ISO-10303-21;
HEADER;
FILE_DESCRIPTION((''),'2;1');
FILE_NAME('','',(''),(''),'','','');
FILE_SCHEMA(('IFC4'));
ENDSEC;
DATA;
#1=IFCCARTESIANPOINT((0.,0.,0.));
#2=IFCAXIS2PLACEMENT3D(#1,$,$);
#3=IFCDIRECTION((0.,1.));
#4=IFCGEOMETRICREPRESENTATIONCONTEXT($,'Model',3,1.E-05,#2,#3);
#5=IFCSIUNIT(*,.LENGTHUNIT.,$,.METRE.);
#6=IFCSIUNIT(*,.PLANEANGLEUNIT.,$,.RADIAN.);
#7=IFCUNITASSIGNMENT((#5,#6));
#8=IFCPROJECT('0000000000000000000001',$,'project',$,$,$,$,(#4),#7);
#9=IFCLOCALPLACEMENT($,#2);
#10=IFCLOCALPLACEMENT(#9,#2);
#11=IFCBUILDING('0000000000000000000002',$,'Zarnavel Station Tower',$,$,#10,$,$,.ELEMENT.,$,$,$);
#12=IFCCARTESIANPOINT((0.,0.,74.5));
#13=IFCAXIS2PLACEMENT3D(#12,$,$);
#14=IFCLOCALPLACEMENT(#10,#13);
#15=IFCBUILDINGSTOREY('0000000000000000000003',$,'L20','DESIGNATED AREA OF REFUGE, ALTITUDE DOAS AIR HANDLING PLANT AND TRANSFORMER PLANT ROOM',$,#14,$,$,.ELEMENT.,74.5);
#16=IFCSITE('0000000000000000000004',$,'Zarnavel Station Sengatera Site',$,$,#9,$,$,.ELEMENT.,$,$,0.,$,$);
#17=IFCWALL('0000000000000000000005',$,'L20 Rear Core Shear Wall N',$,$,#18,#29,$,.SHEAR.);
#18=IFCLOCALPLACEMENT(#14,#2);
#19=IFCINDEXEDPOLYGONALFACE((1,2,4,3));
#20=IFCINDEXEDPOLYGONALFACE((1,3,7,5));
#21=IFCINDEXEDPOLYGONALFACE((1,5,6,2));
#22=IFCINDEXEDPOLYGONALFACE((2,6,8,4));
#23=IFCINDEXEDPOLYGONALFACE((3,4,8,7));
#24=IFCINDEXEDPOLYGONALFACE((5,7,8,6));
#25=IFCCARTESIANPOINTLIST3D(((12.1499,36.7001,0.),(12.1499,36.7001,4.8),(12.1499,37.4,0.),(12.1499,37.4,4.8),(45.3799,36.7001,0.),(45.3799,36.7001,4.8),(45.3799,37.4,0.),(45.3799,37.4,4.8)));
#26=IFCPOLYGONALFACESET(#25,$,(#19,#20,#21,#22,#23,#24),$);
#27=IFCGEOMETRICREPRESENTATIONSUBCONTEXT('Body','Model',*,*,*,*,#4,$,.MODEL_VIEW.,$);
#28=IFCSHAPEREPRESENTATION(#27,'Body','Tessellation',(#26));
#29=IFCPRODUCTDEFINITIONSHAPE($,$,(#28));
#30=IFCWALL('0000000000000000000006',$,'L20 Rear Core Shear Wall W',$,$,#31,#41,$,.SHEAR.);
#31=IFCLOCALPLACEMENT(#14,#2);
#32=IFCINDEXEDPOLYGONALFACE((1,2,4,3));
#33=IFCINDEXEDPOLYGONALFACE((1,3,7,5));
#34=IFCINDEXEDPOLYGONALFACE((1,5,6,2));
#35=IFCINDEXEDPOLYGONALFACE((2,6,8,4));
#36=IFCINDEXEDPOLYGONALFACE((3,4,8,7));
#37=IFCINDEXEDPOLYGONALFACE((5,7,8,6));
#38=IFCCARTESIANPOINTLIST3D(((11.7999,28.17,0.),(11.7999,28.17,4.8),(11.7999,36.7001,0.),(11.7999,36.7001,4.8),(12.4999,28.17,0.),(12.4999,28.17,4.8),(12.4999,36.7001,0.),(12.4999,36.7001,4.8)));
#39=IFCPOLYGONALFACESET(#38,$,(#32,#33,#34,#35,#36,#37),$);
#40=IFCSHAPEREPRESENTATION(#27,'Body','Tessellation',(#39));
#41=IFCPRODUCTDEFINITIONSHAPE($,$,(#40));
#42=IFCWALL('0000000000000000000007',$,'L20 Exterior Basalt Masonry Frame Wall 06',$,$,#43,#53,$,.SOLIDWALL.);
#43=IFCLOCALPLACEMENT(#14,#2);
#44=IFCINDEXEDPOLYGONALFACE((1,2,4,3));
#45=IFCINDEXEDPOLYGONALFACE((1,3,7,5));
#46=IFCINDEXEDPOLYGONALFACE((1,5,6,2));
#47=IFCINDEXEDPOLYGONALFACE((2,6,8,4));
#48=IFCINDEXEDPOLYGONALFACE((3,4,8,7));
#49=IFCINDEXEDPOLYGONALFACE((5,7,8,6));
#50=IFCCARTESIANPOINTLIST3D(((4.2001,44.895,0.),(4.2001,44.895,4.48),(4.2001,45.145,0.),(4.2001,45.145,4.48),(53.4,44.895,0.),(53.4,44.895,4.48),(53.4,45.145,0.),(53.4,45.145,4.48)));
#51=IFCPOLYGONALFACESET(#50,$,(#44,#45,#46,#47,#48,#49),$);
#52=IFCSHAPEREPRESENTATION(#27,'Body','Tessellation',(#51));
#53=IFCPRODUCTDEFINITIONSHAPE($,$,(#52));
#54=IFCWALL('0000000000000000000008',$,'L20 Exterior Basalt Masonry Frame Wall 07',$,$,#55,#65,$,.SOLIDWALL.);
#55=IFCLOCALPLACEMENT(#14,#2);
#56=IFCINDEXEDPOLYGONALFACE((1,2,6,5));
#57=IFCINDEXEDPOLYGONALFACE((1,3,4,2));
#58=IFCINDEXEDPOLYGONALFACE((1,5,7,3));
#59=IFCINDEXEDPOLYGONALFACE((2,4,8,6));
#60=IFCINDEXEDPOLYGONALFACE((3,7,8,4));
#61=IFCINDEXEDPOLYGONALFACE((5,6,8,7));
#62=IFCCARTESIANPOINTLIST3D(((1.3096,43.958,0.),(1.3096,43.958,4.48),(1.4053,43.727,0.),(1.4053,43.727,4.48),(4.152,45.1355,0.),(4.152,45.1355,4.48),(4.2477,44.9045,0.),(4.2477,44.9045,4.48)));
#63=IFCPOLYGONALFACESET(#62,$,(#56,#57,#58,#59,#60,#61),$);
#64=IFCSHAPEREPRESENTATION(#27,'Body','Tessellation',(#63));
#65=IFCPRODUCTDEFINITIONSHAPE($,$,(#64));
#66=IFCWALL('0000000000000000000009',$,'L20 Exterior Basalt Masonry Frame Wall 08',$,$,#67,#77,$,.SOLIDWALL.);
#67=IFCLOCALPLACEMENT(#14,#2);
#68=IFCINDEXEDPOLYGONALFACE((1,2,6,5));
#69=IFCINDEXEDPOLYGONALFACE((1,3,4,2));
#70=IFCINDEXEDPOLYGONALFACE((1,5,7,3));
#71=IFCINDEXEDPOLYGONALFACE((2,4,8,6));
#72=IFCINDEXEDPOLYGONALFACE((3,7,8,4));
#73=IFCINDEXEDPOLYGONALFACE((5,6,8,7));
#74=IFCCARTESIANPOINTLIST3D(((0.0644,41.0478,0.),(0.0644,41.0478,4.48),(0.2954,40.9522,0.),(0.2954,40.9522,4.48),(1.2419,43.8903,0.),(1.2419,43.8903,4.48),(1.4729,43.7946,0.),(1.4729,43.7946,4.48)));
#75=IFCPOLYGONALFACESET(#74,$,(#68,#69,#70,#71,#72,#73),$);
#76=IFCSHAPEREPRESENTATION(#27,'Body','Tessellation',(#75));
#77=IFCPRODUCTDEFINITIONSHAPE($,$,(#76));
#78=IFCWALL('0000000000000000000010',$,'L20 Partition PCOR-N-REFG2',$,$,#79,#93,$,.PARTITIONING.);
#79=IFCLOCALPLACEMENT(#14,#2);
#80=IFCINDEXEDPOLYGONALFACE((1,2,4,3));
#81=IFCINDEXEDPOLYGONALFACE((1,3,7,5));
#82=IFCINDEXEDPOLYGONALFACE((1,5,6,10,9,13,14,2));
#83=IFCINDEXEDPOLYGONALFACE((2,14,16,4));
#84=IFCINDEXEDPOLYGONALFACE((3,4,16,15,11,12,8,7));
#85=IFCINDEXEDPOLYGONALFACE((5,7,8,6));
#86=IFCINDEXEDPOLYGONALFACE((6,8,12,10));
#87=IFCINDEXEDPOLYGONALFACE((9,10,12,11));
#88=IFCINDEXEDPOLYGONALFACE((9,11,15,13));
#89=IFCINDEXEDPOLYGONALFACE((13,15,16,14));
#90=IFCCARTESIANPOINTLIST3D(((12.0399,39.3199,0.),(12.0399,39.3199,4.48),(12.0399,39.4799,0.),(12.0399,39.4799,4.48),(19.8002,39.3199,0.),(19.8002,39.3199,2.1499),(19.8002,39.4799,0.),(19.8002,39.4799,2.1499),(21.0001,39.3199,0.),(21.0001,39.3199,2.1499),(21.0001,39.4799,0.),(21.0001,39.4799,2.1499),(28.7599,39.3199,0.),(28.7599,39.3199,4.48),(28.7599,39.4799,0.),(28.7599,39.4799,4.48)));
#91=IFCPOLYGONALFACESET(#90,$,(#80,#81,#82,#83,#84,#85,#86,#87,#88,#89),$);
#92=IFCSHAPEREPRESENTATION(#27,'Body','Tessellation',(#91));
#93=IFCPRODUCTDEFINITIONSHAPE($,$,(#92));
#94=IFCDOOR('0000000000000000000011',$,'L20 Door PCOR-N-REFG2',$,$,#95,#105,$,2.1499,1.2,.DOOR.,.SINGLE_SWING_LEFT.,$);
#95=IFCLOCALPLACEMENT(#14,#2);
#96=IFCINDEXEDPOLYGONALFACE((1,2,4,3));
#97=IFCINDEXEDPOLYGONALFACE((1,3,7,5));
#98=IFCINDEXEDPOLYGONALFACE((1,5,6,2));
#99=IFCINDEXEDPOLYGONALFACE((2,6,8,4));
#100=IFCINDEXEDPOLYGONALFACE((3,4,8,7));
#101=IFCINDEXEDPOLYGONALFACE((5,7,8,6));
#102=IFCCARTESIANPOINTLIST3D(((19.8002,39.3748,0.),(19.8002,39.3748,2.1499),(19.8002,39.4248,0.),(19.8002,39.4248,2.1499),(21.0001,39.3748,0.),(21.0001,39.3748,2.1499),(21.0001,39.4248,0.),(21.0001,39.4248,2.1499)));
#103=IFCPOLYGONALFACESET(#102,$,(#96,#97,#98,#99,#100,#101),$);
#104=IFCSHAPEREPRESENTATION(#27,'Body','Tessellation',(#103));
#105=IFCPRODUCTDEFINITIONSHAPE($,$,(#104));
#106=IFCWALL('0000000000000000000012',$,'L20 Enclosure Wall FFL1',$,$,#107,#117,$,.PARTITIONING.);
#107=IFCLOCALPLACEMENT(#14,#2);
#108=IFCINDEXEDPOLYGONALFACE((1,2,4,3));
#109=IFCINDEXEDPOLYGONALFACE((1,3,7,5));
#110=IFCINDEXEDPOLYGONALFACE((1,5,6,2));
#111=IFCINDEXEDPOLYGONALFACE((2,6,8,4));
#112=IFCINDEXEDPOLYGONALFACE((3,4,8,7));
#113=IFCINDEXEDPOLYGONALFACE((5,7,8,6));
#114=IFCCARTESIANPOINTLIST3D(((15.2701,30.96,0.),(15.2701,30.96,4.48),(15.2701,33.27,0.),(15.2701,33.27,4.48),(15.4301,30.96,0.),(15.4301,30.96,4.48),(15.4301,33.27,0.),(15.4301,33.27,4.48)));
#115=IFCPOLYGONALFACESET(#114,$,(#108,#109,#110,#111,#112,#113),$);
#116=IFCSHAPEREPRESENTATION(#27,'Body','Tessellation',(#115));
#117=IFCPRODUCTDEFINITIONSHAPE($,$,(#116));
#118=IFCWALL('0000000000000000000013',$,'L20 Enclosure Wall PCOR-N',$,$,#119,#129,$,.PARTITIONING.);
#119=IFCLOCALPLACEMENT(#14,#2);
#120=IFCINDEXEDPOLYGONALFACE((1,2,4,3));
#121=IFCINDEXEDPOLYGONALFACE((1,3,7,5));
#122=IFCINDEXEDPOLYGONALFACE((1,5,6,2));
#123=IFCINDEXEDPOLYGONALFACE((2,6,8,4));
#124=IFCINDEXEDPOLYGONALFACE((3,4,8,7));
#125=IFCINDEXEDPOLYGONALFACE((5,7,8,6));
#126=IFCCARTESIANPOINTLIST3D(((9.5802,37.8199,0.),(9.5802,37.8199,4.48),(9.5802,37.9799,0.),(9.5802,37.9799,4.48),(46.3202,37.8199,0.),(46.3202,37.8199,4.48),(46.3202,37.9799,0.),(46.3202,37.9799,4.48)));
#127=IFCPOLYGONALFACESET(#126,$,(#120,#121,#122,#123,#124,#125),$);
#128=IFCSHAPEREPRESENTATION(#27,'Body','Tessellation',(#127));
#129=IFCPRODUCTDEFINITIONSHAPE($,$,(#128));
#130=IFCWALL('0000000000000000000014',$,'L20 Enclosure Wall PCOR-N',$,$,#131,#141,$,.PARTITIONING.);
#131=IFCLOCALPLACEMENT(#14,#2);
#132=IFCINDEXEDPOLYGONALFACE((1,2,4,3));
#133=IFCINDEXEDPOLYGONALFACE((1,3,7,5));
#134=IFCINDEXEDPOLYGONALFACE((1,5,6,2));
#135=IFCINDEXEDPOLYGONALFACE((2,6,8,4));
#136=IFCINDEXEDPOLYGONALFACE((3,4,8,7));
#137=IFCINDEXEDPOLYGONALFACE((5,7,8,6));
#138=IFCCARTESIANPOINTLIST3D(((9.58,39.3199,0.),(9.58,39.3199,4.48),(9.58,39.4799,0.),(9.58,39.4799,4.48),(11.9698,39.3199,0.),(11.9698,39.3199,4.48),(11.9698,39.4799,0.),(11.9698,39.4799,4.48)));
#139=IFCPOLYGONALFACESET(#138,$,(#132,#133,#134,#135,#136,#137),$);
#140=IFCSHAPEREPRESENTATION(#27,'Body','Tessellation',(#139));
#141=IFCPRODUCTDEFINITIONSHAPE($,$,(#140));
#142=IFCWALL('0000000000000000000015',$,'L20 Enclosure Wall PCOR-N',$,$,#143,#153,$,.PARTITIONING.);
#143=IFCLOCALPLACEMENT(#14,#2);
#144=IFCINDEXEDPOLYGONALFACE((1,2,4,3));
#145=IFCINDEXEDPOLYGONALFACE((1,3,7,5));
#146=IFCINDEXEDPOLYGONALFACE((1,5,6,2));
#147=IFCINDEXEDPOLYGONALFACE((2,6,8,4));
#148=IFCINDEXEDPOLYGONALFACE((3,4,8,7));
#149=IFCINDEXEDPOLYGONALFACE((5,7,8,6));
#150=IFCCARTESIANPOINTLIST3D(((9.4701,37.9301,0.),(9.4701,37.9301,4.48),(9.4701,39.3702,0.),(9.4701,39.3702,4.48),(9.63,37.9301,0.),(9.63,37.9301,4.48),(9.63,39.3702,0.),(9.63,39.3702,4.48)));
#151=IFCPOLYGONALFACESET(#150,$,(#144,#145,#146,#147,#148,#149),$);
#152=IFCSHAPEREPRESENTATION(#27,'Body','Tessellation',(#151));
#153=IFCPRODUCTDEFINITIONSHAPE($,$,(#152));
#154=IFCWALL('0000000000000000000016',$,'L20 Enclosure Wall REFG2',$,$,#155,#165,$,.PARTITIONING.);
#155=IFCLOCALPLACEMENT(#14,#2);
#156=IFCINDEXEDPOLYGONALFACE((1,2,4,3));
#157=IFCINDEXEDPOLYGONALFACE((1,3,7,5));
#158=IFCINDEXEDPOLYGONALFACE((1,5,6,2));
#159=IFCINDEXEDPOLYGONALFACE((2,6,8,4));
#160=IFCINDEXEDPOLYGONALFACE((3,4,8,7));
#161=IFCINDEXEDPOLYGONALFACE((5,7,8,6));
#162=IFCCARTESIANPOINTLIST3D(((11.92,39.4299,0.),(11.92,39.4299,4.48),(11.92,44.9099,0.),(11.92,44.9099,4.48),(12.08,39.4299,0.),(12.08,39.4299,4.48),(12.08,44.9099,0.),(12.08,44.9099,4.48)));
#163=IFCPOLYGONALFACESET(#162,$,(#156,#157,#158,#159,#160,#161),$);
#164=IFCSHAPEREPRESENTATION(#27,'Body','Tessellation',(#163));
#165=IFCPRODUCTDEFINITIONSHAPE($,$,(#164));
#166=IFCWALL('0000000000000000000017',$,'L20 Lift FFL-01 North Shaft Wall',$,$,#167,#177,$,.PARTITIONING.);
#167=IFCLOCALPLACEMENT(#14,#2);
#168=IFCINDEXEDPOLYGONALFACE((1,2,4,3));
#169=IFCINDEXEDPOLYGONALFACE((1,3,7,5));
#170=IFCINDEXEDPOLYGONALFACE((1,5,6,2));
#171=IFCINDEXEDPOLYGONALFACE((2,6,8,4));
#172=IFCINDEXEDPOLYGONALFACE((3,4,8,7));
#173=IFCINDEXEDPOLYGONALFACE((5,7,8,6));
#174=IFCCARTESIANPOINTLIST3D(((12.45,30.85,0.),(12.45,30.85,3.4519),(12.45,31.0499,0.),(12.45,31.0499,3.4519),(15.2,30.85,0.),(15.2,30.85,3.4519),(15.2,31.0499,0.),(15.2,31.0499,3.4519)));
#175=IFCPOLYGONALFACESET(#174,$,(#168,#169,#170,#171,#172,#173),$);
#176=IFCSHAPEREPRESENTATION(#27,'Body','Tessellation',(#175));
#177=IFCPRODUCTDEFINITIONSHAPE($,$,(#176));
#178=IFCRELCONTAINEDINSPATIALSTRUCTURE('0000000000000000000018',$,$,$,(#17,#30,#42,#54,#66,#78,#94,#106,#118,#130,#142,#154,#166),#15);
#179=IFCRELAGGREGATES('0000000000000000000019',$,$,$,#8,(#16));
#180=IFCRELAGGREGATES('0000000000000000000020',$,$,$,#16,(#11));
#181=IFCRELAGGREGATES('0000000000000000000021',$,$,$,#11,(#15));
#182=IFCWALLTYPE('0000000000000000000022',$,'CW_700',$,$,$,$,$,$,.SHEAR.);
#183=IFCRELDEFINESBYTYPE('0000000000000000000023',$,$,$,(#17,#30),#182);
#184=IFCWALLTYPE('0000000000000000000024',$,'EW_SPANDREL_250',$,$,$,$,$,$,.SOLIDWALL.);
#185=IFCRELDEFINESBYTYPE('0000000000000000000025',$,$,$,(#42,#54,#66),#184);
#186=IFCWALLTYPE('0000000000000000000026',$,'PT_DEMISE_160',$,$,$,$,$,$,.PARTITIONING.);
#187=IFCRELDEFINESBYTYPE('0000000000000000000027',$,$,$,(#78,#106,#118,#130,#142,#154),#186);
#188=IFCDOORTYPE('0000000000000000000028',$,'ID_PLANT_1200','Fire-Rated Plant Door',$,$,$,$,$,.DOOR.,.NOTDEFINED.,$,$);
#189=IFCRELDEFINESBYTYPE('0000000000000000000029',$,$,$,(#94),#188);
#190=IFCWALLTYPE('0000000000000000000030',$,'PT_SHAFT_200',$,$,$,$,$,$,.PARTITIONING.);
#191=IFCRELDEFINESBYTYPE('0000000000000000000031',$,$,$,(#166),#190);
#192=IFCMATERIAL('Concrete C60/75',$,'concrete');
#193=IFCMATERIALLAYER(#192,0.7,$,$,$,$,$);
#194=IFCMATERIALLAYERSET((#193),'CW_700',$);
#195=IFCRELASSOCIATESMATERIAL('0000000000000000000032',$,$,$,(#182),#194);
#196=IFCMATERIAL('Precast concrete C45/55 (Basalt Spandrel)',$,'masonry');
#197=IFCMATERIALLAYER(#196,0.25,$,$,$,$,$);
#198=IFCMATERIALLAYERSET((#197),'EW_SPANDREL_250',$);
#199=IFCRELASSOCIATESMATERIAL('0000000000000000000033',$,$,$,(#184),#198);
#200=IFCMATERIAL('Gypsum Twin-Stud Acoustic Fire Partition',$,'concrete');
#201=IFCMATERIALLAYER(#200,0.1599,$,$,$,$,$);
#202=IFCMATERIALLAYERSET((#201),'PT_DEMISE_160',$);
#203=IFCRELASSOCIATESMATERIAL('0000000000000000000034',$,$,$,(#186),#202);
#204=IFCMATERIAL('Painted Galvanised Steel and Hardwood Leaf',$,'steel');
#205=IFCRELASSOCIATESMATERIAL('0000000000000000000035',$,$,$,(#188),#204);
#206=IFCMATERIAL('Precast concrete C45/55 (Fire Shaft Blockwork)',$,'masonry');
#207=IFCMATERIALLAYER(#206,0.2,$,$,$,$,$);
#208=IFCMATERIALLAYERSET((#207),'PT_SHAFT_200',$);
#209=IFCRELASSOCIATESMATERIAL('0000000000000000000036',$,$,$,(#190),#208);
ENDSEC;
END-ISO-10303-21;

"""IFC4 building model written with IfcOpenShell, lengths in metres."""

from ifc_helpers import new_model, si_unit, direction, frame, frame_2d, origin, place, context, subcontext, project, spatial, rectangle, extrude, material, layer, layer_set, type_object, element, fill, save


model = new_model("IFC4")

# Units and contexts
model_context = context("Model", 3, precision=1e-05, world=origin(), true_north=direction((0.0, 1.0)))
body_context = subcontext(model_context, "Body", "Model", "MODEL_VIEW")
ifc_project = project(units=[si_unit("LENGTHUNIT", "METRE"), si_unit("PLANEANGLEUNIT", "RADIAN")], contexts=[model_context])

# Site, building, storey
site_placement = place(None, origin())
site = spatial("IfcSite", under=ifc_project, at=site_placement, Name="Zarnavel Station Sengatera Site", CompositionType="ELEMENT", RefElevation=0.0)
building_placement = place(site_placement, origin())
building = spatial("IfcBuilding", under=site, at=building_placement, Name="Zarnavel Station Tower", CompositionType="ELEMENT")
storey_placement = place(building_placement, frame((0.0, 0.0, 74.5)))
storey = spatial("IfcBuildingStorey", under=building, at=storey_placement, Name="L20", Description="DESIGNATED AREA OF REFUGE, ALTITUDE DOAS AIR HANDLING PLANT AND TRANSFORMER PLANT ROOM", CompositionType="ELEMENT", Elevation=74.5)

# Walls
ifc_material_1 = material(Name="Concrete C60/75", Category="concrete")
ifc_layer_1 = layer(ifc_material_1, 0.7)
ifc_layer_set_1 = layer_set([ifc_layer_1], Name="CW_700")
wall_type_1 = type_object("IfcWallType", Name="CW_700", PredefinedType="SHEAR", material=ifc_layer_set_1)
wall_1_placement = place(storey_placement, frame((12.1499, 37.05, 0.0), z_axis=(0.0, 0.0, 1.0), x_axis=(1.0, 0.0, 0.0)))
element("IfcWall", 1, at=wall_1_placement, inside=storey, type_object=wall_type_1, Name="L20 Rear Core Shear Wall N", PredefinedType="SHEAR", context=body_context, shape_type="SweptSolid", body=[
    extrude(rectangle(XDim=33.23, YDim=0.7, at=frame_2d((16.615, 0.0))), origin(), (0.0, 0.0, 1.0), 4.8),
])
wall_2_placement = place(storey_placement, frame((12.1499, 28.1699, 0.0), z_axis=(0.0, 0.0, 1.0), x_axis=(0.0, 1.0, 0.0)))
element("IfcWall", 2, at=wall_2_placement, inside=storey, type_object=wall_type_1, Name="L20 Rear Core Shear Wall W", PredefinedType="SHEAR", context=body_context, shape_type="SweptSolid", body=[
    extrude(rectangle(XDim=8.53, YDim=0.7, at=frame_2d((4.2651, 0.0))), origin(), (0.0, 0.0, 1.0), 4.8),
])
ifc_material_2 = material(Name="Precast concrete C45/55 (Basalt Spandrel)", Category="masonry")
ifc_layer_2 = layer(ifc_material_2, 0.25)
ifc_layer_set_2 = layer_set([ifc_layer_2], Name="EW_SPANDREL_250")
wall_type_2 = type_object("IfcWallType", Name="EW_SPANDREL_250", PredefinedType="SOLIDWALL", material=ifc_layer_set_2)
wall_3_placement = place(storey_placement, frame((4.2, 45.02, 0.0), z_axis=(0.0, 0.0, 1.0), x_axis=(1.0, 0.0, 0.0)))
element("IfcWall", 3, at=wall_3_placement, inside=storey, type_object=wall_type_2, Name="L20 Exterior Basalt Masonry Frame Wall 06", PredefinedType="SOLIDWALL", context=body_context, shape_type="SweptSolid", body=[
    extrude(rectangle(XDim=49.2, YDim=0.25, at=frame_2d((24.6001, 0.0))), origin(), (0.0, 0.0, 1.0), 4.48),
])
for number, where, z_axis, x_axis, name in (
    (4, (1.3574, 43.8425, 0.0), (0.0, 0.0, 1.0), (0.923871, 0.382705, 0.0), "L20 Exterior Basalt Masonry Frame Wall 07"),
    (5, (0.1799, 41.0, 0.0), (0.0, 0.0, 1.0), (0.382705, 0.923871, 0.0), "L20 Exterior Basalt Masonry Frame Wall 08"),
):
    element("IfcWall", number, at=place(storey_placement, frame(where, z_axis=z_axis, x_axis=x_axis)), inside=storey, type_object=wall_type_2, Name=name, PredefinedType="SOLIDWALL", context=body_context, shape_type="SweptSolid", body=[
        extrude(rectangle(XDim=3.0767, YDim=0.25, at=frame_2d((1.5383, 0.0))), origin(), (0.0, 0.0, 1.0), 4.48),
    ])

# Wall, opening, door
ifc_material_3 = material(Name="Gypsum Twin-Stud Acoustic Fire Partition", Category="concrete")
ifc_layer_3 = layer(ifc_material_3, 0.1599)
ifc_layer_set_3 = layer_set([ifc_layer_3], Name="PT_DEMISE_160")
wall_type_3 = type_object("IfcWallType", Name="PT_DEMISE_160", PredefinedType="PARTITIONING", material=ifc_layer_set_3)
wall_4_placement = place(storey_placement, frame((12.04, 39.3999, 0.0), z_axis=(0.0, 0.0, 1.0), x_axis=(1.0, 0.0, 0.0)))
wall_4 = element("IfcWall", 6, at=wall_4_placement, inside=storey, type_object=wall_type_3, Name="L20 Partition PCOR-N-REFG2", PredefinedType="PARTITIONING", context=body_context, shape_type="SweptSolid", body=[
    extrude(rectangle(XDim=16.72, YDim=0.1599, at=frame_2d((8.3599, 0.0))), origin(), (0.0, 0.0, 1.0), 4.48),
])
opening_1_placement = place(wall_4_placement, frame((7.76, 0.0, 0.0)))
opening_1 = element("IfcOpeningElement", 7, at=opening_1_placement, cuts=wall_4, PredefinedType="OPENING", context=body_context, shape_type="SweptSolid", body=[
    extrude(rectangle(XDim=1.2, YDim=2.1499, at=frame_2d((0.6001, 1.075))), frame((0.0, 0.0898, 0.0), z_axis=(0.0, -1.0, 0.0), x_axis=(1.0, 0.0, 0.0)), (0.0, 0.0, 1.0), 0.1799),
])
ifc_material_4 = material(Name="Painted Galvanised Steel and Hardwood Leaf", Category="steel")
door_type_1 = type_object("IfcDoorType", Name="ID_PLANT_1200", Description="Fire-Rated Plant Door", OperationType="NOTDEFINED", PredefinedType="DOOR", material=ifc_material_4)
door_1_placement = place(opening_1_placement, origin())
door_1 = element("IfcDoor", 8, at=door_1_placement, inside=storey, type_object=door_type_1, Name="L20 Door PCOR-N-REFG2", OperationType="SINGLE_SWING_LEFT", OverallHeight=2.1499, OverallWidth=1.2, PredefinedType="DOOR", context=body_context, shape_type="SweptSolid", body=[
    extrude(rectangle(XDim=1.2, YDim=2.1499, at=frame_2d((0.6001, 1.075))), frame((0.0, 0.0249, 0.0), z_axis=(0.0, -1.0, 0.0), x_axis=(1.0, 0.0, 0.0)), (0.0, 0.0, 1.0), 0.05),
])
fill(opening_1, door_1)

# Walls
wall_5_placement = place(storey_placement, frame((15.3501, 30.96, 0.0), z_axis=(0.0, 0.0, 1.0), x_axis=(0.0, 1.0, 0.0)))
element("IfcWall", 9, at=wall_5_placement, inside=storey, type_object=wall_type_3, Name="L20 Enclosure Wall FFL1", PredefinedType="PARTITIONING", context=body_context, shape_type="SweptSolid", body=[
    extrude(rectangle(XDim=2.3101, YDim=0.1599, at=frame_2d((1.155, 0.0))), origin(), (0.0, 0.0, 1.0), 4.48),
])
wall_6_placement = place(storey_placement, frame((9.5801, 37.8999, 0.0), z_axis=(0.0, 0.0, 1.0), x_axis=(1.0, 0.0, 0.0)))
element("IfcWall", 10, at=wall_6_placement, inside=storey, type_object=wall_type_3, Name="L20 Enclosure Wall PCOR-N", PredefinedType="PARTITIONING", context=body_context, shape_type="SweptSolid", body=[
    extrude(rectangle(XDim=36.74, YDim=0.1599, at=frame_2d((18.3701, 0.0))), origin(), (0.0, 0.0, 1.0), 4.48),
])
wall_7_placement = place(storey_placement, frame((9.5801, 39.3999, 0.0), z_axis=(0.0, 0.0, 1.0), x_axis=(1.0, 0.0, 0.0)))
element("IfcWall", 11, at=wall_7_placement, inside=storey, type_object=wall_type_3, Name="L20 Enclosure Wall PCOR-N", PredefinedType="PARTITIONING", context=body_context, shape_type="SweptSolid", body=[
    extrude(rectangle(XDim=2.3899, YDim=0.1599, at=frame_2d((1.1948, 0.0))), origin(), (0.0, 0.0, 1.0), 4.48),
])
wall_8_placement = place(storey_placement, frame((9.55, 37.9299, 0.0), z_axis=(0.0, 0.0, 1.0), x_axis=(0.0, 1.0, 0.0)))
element("IfcWall", 12, at=wall_8_placement, inside=storey, type_object=wall_type_3, Name="L20 Enclosure Wall PCOR-N", PredefinedType="PARTITIONING", context=body_context, shape_type="SweptSolid", body=[
    extrude(rectangle(XDim=1.4402, YDim=0.1599, at=frame_2d((0.7202, 0.0))), origin(), (0.0, 0.0, 1.0), 4.48),
])
wall_9_placement = place(storey_placement, frame((12.0, 39.4299, 0.0), z_axis=(0.0, 0.0, 1.0), x_axis=(0.0, 1.0, 0.0)))
element("IfcWall", 13, at=wall_9_placement, inside=storey, type_object=wall_type_3, Name="L20 Enclosure Wall REFG2", PredefinedType="PARTITIONING", context=body_context, shape_type="SweptSolid", body=[
    extrude(rectangle(XDim=5.48, YDim=0.1599, at=frame_2d((2.74, 0.0))), origin(), (0.0, 0.0, 1.0), 4.48),
])

# Shared definitions
ifc_material_5 = material(Name="Precast concrete C45/55 (Fire Shaft Blockwork)", Category="masonry")
ifc_layer_4 = layer(ifc_material_5, 0.2)
ifc_layer_set_4 = layer_set([ifc_layer_4], Name="PT_SHAFT_200")
wall_type_4 = type_object("IfcWallType", Name="PT_SHAFT_200", PredefinedType="PARTITIONING", material=ifc_layer_set_4)

# Wall
wall_10_placement = place(storey_placement, frame((12.45, 30.95, 0.0), z_axis=(0.0, 0.0, 1.0), x_axis=(1.0, 0.0, 0.0)))
element("IfcWall", 14, at=wall_10_placement, inside=storey, type_object=wall_type_4, Name="L20 Lift FFL-01 North Shaft Wall", PredefinedType="PARTITIONING", context=body_context, shape_type="SweptSolid", body=[
    extrude(rectangle(XDim=2.75, YDim=0.2, at=frame_2d((1.375, 0.0))), origin(), (0.0, 0.0, 1.0), 3.4519),
])

save(model, "model.ifc")
